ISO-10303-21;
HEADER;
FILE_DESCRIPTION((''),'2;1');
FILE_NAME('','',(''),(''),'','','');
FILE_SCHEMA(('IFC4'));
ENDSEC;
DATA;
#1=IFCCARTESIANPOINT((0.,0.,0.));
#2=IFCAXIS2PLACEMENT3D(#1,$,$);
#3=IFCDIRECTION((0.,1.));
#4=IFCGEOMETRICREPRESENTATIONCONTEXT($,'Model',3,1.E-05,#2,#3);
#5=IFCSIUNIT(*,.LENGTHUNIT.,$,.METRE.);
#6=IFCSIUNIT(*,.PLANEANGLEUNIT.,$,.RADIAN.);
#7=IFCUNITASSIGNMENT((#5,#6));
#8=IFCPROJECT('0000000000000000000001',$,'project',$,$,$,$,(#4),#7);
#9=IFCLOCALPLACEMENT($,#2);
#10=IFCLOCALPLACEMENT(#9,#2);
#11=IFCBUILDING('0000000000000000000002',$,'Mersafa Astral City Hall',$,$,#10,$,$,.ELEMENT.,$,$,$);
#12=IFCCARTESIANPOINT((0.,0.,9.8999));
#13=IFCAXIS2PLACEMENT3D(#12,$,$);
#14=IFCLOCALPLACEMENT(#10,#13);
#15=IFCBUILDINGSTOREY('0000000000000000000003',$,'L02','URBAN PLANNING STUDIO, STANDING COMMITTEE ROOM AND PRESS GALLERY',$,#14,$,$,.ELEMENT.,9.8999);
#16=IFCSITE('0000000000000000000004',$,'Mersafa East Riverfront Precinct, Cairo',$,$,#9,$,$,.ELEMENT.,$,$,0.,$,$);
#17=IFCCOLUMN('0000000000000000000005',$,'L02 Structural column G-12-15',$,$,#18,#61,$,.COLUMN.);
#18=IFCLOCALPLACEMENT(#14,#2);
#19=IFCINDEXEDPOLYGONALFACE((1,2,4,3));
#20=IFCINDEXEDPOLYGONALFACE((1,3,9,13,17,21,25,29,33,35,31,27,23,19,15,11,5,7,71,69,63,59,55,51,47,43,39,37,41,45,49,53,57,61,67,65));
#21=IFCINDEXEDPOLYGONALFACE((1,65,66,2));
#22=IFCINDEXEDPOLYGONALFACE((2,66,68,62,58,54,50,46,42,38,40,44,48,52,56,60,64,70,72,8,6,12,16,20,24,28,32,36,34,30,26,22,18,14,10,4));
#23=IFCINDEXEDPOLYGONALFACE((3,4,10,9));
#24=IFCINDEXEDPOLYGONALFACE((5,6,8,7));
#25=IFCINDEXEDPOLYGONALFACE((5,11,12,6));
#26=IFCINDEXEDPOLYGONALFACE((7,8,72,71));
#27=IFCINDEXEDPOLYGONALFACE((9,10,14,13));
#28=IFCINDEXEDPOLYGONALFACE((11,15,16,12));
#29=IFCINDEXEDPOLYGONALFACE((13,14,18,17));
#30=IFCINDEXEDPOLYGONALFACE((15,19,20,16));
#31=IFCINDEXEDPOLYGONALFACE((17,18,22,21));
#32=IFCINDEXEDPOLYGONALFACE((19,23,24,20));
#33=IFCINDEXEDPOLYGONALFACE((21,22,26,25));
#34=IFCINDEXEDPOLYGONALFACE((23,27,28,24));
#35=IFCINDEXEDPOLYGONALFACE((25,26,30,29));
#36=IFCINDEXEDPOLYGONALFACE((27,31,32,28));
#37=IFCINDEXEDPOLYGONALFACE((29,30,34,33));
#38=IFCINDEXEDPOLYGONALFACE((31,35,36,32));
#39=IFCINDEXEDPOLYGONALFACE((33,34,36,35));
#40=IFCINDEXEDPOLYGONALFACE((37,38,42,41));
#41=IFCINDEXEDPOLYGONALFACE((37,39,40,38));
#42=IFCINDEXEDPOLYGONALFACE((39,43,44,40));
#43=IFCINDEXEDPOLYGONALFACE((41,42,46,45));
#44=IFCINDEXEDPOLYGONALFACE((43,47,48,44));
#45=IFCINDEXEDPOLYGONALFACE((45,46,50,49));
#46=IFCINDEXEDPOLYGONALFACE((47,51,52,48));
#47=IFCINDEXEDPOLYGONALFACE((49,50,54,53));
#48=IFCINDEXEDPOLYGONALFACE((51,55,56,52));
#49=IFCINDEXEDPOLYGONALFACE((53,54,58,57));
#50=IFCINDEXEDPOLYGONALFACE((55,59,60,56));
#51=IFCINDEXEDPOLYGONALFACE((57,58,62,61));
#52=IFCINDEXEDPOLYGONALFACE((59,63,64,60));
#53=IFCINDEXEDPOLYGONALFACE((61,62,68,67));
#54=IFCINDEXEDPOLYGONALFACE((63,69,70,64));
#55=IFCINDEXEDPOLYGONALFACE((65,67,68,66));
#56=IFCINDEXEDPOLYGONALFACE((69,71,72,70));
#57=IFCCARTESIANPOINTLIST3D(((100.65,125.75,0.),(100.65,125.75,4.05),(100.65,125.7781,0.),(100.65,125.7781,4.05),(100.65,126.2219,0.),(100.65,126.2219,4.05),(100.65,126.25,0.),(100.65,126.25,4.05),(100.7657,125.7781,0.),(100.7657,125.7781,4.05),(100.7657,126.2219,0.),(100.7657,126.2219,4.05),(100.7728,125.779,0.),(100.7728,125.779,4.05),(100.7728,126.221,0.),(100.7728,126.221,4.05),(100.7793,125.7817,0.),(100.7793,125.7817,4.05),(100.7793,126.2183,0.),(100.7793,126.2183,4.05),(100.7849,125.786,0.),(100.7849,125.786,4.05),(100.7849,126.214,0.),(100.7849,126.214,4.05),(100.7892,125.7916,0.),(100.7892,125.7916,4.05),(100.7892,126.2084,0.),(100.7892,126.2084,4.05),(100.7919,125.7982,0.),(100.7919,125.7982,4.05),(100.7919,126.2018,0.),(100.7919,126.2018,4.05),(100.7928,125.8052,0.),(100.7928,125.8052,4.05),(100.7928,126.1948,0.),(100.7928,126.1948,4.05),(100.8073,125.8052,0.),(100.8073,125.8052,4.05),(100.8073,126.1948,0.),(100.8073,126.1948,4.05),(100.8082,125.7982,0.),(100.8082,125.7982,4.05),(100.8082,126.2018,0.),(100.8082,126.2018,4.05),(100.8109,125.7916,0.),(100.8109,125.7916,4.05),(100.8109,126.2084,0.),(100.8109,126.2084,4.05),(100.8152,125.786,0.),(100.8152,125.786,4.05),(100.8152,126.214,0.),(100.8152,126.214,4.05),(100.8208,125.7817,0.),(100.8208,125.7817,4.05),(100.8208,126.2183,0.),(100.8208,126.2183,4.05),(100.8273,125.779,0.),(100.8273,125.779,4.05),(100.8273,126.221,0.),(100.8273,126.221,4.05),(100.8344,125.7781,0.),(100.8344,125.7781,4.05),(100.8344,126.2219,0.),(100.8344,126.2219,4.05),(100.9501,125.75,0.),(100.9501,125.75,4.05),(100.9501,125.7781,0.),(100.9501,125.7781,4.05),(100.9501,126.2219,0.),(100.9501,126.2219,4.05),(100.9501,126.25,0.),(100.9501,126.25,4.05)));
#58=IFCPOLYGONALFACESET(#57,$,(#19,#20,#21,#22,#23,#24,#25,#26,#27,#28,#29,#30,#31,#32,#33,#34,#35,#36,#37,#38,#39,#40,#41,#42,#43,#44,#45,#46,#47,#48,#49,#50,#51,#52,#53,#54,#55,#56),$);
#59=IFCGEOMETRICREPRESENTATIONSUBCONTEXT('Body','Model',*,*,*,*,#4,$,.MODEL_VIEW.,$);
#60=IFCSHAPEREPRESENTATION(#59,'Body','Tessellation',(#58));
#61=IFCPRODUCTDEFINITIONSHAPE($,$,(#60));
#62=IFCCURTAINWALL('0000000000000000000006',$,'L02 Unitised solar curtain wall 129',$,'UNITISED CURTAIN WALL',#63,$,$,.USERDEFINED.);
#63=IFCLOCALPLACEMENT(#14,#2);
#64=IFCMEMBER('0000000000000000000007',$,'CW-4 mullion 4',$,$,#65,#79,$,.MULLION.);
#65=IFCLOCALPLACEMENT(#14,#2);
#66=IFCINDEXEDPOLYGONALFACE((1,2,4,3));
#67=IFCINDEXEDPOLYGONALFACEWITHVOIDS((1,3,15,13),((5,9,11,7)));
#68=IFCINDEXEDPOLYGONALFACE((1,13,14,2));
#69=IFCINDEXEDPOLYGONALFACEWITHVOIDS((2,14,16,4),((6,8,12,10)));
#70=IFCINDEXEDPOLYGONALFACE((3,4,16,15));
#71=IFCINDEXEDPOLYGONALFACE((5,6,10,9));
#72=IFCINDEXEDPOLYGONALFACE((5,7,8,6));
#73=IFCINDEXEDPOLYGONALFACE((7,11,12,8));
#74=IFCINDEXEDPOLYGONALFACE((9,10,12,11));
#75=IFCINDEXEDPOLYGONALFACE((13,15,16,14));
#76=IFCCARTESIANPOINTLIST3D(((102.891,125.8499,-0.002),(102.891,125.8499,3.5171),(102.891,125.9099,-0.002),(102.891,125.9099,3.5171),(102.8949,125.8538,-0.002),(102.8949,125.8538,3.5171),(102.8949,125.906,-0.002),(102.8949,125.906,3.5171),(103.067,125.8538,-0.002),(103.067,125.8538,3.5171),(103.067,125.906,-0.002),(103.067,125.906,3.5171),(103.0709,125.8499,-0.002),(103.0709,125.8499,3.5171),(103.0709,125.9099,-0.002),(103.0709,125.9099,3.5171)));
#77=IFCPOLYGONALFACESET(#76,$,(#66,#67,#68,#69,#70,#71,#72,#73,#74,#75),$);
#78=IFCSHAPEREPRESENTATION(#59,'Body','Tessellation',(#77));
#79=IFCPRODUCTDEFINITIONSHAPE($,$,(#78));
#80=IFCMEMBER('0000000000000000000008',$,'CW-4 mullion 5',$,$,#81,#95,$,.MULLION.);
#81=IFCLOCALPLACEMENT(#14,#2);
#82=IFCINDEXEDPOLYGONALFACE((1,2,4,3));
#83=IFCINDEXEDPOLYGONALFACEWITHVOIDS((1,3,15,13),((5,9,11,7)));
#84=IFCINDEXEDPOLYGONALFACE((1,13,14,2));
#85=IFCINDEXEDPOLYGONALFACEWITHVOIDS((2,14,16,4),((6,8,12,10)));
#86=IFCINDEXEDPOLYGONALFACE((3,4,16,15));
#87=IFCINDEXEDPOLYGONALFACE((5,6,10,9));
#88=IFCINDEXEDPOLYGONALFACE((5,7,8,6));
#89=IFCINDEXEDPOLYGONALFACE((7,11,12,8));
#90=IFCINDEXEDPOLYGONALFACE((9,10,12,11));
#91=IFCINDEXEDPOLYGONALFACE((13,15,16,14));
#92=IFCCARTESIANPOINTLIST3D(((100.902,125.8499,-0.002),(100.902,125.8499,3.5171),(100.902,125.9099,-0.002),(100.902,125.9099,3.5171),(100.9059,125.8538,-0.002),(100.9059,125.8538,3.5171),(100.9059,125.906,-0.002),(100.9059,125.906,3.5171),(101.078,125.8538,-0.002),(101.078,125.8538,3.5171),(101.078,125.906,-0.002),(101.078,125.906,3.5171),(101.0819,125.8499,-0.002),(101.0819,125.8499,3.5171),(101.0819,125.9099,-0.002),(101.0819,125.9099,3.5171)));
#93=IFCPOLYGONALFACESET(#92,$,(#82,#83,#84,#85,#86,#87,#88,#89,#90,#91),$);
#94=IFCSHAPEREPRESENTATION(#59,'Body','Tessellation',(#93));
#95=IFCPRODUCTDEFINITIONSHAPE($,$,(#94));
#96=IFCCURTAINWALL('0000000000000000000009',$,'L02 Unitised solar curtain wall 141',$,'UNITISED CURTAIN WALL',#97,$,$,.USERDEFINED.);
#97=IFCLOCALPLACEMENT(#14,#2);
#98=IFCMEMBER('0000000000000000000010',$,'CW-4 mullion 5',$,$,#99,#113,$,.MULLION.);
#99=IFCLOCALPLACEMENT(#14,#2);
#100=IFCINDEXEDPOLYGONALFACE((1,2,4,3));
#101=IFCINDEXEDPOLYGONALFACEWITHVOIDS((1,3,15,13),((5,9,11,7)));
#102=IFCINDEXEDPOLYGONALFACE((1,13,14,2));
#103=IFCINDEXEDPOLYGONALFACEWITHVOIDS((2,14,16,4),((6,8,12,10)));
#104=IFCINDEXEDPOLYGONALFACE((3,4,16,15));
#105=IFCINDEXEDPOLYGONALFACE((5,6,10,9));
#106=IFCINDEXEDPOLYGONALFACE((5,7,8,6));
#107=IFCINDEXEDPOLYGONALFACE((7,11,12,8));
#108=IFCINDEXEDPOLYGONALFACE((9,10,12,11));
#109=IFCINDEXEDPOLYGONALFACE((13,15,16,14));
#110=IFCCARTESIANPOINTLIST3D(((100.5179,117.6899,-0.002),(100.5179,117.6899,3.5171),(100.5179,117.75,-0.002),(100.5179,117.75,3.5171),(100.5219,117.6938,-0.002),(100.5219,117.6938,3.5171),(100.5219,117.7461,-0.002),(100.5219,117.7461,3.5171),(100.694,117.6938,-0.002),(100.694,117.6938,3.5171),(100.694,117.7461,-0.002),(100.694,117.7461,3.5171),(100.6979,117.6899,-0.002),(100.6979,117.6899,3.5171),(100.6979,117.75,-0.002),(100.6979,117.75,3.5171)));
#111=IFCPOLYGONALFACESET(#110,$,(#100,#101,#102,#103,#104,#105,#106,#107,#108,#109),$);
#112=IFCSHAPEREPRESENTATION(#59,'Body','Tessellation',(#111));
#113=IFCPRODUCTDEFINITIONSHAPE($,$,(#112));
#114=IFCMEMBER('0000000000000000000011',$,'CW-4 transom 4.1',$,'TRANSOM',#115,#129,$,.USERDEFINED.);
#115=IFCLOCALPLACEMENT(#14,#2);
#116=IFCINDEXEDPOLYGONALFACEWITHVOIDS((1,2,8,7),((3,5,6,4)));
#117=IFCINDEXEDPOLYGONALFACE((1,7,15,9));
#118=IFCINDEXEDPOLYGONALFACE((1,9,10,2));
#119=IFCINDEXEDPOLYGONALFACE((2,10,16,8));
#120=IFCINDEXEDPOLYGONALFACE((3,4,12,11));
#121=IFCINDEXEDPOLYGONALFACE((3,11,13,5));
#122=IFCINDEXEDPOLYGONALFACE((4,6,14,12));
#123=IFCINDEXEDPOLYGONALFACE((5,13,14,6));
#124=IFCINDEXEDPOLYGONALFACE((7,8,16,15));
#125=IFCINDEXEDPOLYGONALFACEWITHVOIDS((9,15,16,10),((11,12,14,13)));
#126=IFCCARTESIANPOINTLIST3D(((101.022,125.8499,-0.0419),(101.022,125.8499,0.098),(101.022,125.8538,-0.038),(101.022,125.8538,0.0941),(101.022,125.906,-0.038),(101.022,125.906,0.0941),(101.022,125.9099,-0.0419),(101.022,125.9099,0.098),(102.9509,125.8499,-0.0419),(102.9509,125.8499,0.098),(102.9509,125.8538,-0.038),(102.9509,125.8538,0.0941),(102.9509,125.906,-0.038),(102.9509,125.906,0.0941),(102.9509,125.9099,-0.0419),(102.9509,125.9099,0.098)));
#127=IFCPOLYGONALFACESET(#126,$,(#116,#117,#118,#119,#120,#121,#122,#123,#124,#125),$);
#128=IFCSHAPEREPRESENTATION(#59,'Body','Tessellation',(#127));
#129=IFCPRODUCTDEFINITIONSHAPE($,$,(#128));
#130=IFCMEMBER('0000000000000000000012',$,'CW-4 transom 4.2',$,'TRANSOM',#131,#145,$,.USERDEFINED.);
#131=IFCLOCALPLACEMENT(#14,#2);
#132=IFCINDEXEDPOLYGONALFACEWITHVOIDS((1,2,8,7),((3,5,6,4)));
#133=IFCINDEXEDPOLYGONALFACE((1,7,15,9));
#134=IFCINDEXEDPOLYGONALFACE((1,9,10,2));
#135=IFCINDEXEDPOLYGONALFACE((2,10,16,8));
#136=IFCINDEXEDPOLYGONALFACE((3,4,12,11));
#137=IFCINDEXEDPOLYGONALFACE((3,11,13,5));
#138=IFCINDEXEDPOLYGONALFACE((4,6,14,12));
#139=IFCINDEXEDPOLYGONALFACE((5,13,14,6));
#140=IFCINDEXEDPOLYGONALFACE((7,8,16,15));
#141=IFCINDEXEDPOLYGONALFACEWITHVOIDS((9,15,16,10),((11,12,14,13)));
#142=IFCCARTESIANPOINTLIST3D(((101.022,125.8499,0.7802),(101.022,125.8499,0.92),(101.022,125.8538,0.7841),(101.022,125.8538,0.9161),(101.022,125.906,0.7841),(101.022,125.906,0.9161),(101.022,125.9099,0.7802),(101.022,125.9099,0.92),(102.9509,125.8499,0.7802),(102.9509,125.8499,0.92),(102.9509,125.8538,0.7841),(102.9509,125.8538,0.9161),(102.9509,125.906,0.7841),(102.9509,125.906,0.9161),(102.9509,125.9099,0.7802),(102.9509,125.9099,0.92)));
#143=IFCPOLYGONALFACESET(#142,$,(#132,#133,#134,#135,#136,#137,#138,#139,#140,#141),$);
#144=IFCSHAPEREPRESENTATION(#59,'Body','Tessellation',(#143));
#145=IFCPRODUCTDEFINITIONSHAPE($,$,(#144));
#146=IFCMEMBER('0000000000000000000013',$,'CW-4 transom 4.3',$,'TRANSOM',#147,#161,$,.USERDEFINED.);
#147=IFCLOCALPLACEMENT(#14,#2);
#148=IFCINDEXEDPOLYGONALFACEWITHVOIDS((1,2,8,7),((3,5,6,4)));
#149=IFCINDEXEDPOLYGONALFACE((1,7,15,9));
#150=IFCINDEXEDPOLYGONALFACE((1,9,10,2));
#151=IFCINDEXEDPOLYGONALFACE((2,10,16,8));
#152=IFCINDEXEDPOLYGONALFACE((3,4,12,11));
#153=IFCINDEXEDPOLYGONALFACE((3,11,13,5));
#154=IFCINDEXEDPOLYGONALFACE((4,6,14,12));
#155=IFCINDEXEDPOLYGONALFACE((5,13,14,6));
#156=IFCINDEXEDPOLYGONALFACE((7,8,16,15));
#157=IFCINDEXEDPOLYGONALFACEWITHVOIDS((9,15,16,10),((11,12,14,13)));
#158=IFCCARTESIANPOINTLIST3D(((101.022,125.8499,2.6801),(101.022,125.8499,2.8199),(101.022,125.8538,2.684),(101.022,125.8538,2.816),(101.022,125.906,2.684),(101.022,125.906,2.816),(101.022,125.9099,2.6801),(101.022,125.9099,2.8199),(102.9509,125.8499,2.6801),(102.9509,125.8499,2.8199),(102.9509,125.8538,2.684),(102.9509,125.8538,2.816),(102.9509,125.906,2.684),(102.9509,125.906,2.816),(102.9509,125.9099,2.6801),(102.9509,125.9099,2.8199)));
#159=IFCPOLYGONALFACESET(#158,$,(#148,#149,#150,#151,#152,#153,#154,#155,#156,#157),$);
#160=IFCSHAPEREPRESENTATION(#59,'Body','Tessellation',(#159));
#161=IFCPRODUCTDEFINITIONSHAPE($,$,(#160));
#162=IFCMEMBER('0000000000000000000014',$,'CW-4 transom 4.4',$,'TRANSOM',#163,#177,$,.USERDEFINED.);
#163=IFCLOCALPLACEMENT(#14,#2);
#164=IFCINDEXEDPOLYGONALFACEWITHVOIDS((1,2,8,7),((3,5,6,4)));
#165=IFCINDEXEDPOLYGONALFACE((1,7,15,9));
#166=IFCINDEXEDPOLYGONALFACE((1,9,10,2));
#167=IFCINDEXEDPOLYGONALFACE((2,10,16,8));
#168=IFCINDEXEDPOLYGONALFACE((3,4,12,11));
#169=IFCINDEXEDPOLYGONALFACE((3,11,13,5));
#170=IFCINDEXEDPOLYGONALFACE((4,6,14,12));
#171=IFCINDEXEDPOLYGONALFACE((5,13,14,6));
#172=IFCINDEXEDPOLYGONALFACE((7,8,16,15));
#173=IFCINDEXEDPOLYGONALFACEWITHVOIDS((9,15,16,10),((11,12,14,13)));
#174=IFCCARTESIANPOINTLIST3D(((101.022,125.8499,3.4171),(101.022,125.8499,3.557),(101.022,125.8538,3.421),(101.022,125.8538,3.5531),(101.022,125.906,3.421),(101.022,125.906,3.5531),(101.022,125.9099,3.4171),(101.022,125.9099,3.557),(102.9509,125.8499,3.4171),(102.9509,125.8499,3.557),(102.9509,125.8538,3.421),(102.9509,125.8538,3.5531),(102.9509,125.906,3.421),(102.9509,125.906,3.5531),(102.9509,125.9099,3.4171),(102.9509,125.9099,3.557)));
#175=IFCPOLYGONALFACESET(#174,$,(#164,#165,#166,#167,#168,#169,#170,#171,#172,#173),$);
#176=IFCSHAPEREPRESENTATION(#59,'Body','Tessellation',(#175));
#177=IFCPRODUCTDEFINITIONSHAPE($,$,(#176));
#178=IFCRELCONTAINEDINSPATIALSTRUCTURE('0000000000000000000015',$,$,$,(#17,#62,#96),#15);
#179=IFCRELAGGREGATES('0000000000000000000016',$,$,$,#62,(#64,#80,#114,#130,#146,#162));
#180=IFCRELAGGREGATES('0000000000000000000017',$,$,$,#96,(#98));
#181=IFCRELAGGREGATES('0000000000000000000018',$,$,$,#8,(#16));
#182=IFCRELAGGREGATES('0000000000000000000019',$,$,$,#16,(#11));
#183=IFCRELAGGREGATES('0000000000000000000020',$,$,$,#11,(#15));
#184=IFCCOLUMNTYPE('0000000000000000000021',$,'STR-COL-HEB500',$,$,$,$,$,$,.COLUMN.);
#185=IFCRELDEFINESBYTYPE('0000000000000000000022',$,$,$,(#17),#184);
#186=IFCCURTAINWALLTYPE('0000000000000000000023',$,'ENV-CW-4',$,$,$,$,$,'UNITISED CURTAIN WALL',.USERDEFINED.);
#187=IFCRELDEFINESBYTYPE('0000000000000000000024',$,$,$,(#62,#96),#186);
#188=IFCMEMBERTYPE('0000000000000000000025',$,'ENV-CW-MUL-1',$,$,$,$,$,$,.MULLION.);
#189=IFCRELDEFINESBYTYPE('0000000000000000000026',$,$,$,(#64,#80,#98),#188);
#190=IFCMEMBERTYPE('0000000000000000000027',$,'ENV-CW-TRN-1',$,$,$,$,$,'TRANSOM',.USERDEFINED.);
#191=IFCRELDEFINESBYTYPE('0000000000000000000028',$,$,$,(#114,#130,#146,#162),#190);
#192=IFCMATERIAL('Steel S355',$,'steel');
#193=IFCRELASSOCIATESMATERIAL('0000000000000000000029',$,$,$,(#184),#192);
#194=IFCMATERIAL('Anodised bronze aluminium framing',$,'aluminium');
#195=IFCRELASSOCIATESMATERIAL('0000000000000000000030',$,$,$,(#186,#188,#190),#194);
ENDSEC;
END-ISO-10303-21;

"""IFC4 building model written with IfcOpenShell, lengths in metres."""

from ifc_helpers import new_model, si_unit, direction, frame, origin, origin_2d, place, context, subcontext, project, spatial, hollow_rectangle, i_section, extrude, material, material_profile, profile_set, type_object, element, aggregate, save


model = new_model("IFC4")

# Units and contexts
model_context = context("Model", 3, precision=1e-05, world=origin(), true_north=direction((0.0, 1.0)))
body_context = subcontext(model_context, "Body", "Model", "MODEL_VIEW")
ifc_project = project(units=[si_unit("LENGTHUNIT", "METRE"), si_unit("PLANEANGLEUNIT", "RADIAN")], contexts=[model_context])

# Site, building, storey
site_placement = place(None, origin())
site = spatial("IfcSite", under=ifc_project, at=site_placement, Name="Mersafa East Riverfront Precinct, Cairo", CompositionType="ELEMENT", RefElevation=0.0)
building_placement = place(site_placement, origin())
building = spatial("IfcBuilding", under=site, at=building_placement, Name="Mersafa Astral City Hall", CompositionType="ELEMENT")
storey_placement = place(building_placement, frame((0.0, 0.0, 9.8999)))
storey = spatial("IfcBuildingStorey", under=building, at=storey_placement, Name="L02", Description="URBAN PLANNING STUDIO, STANDING COMMITTEE ROOM AND PRESS GALLERY", CompositionType="ELEMENT", Elevation=9.8999)

# Column
ifc_material_1 = material(Name="Steel S355", Category="steel")
ifc_material_profile_1 = material_profile(ifc_material_1, i_section(OverallWidth=0.3, OverallDepth=0.5, WebThickness=0.0144, FlangeThickness=0.0281, FilletRadius=0.0271, at=origin_2d()), Name="HEB 500")
ifc_profile_set_1 = profile_set([ifc_material_profile_1], Name="Steel S355")
column_type = type_object("IfcColumnType", Name="STR-COL-HEB500", PredefinedType="COLUMN", material=ifc_profile_set_1)
column_placement = place(storey_placement, frame((100.8, 126.0, 0.0), z_axis=(0.0, 0.0, 1.0), x_axis=(1.0, 0.0, 0.0)))
element("IfcColumn", 1, at=column_placement, inside=storey, type_object=column_type, Name="L02 Structural column G-12-15", PredefinedType="COLUMN", context=body_context, shape_type="SweptSolid", body=[
    extrude(i_section(OverallWidth=0.3, OverallDepth=0.5, WebThickness=0.0144, FlangeThickness=0.0281, FilletRadius=0.0271, at=origin_2d()), origin(), (0.0, 0.0, 1.0), 4.05),
])

# Curtain wall, members
ifc_material_2 = material(Name="Anodised bronze aluminium framing", Category="aluminium")
curtain_wall_type = type_object("IfcCurtainWallType", Name="ENV-CW-4", ElementType="UNITISED CURTAIN WALL", PredefinedType="USERDEFINED", material=ifc_material_2)
curtain_wall_1_placement = place(storey_placement, origin())
curtain_wall_1 = element("IfcCurtainWall", 2, at=curtain_wall_1_placement, inside=storey, type_object=curtain_wall_type, Name="L02 Unitised solar curtain wall 129", ObjectType="UNITISED CURTAIN WALL", PredefinedType="USERDEFINED")
ifc_material_profile_2 = material_profile(ifc_material_2, hollow_rectangle(XDim=0.0601, YDim=0.1799, WallThickness=0.0039, at=origin_2d()), Name="RHS 60x180x4")
ifc_profile_set_2 = profile_set([ifc_material_profile_2], Name="Anodised bronze aluminium framing")
member_type_1 = type_object("IfcMemberType", Name="ENV-CW-MUL-1", PredefinedType="MULLION", material=ifc_profile_set_2)
member_1_placement = place(storey_placement, frame((102.981, 125.8799, -0.002), z_axis=(0.0, 0.0, 1.0), x_axis=(0.0, -1.0, 0.0)))
member_1 = element("IfcMember", 3, at=member_1_placement, type_object=member_type_1, Name="CW-4 mullion 4", PredefinedType="MULLION", context=body_context, shape_type="SweptSolid", body=[
    extrude(hollow_rectangle(XDim=0.0601, YDim=0.1799, WallThickness=0.0039, at=origin_2d()), origin(), (0.0, 0.0, 1.0), 3.519),
])
member_2_placement = place(storey_placement, frame((100.9919, 125.8799, -0.002), z_axis=(0.0, 0.0, 1.0), x_axis=(0.0, -1.0, 0.0)))
member_2 = element("IfcMember", 4, at=member_2_placement, type_object=member_type_1, Name="CW-4 mullion 5", PredefinedType="MULLION", context=body_context, shape_type="SweptSolid", body=[
    extrude(hollow_rectangle(XDim=0.0601, YDim=0.1799, WallThickness=0.0039, at=origin_2d()), origin(), (0.0, 0.0, 1.0), 3.519),
])

# Curtain wall, member
curtain_wall_2_placement = place(storey_placement, origin())
curtain_wall_2 = element("IfcCurtainWall", 5, at=curtain_wall_2_placement, inside=storey, type_object=curtain_wall_type, Name="L02 Unitised solar curtain wall 141", ObjectType="UNITISED CURTAIN WALL", PredefinedType="USERDEFINED")
member_3_placement = place(storey_placement, frame((100.6079, 117.72, -0.002), z_axis=(0.0, 0.0, 1.0), x_axis=(0.0, 1.0, 0.0)))
member_3 = element("IfcMember", 6, at=member_3_placement, type_object=member_type_1, Name="CW-4 mullion 5", PredefinedType="MULLION", context=body_context, shape_type="SweptSolid", body=[
    extrude(hollow_rectangle(XDim=0.0601, YDim=0.1799, WallThickness=0.0039, at=origin_2d()), origin(), (0.0, 0.0, 1.0), 3.519),
])

# Members
ifc_material_profile_3 = material_profile(ifc_material_2, hollow_rectangle(XDim=0.0601, YDim=0.1399, WallThickness=0.0039, at=origin_2d()), Name="RHS 60x140x4")
ifc_profile_set_3 = profile_set([ifc_material_profile_3], Name="Anodised bronze aluminium framing")
member_type_2 = type_object("IfcMemberType", Name="ENV-CW-TRN-1", ElementType="TRANSOM", PredefinedType="USERDEFINED", material=ifc_profile_set_3)
member_4_placement = place(storey_placement, frame((102.9509, 125.8799, 0.0281), z_axis=(-1.0, 0.0, 0.0), x_axis=(0.0, -1.0, 0.0)))
member_4 = element("IfcMember", 7, at=member_4_placement, type_object=member_type_2, Name="CW-4 transom 4.1", ObjectType="TRANSOM", PredefinedType="USERDEFINED", context=body_context, shape_type="SweptSolid", body=[
    extrude(hollow_rectangle(XDim=0.0601, YDim=0.1399, WallThickness=0.0039, at=origin_2d()), origin(), (0.0, 0.0, 1.0), 1.929),
])
member_5_placement = place(storey_placement, frame((102.9509, 125.8799, 0.8501), z_axis=(-1.0, 0.0, 0.0), x_axis=(0.0, -1.0, 0.0)))
member_5 = element("IfcMember", 8, at=member_5_placement, type_object=member_type_2, Name="CW-4 transom 4.2", ObjectType="TRANSOM", PredefinedType="USERDEFINED", context=body_context, shape_type="SweptSolid", body=[
    extrude(hollow_rectangle(XDim=0.0601, YDim=0.1399, WallThickness=0.0039, at=origin_2d()), origin(), (0.0, 0.0, 1.0), 1.929),
])
member_6_placement = place(storey_placement, frame((102.9509, 125.8799, 2.75), z_axis=(-1.0, 0.0, 0.0), x_axis=(0.0, -1.0, 0.0)))
member_6 = element("IfcMember", 9, at=member_6_placement, type_object=member_type_2, Name="CW-4 transom 4.3", ObjectType="TRANSOM", PredefinedType="USERDEFINED", context=body_context, shape_type="SweptSolid", body=[
    extrude(hollow_rectangle(XDim=0.0601, YDim=0.1399, WallThickness=0.0039, at=origin_2d()), origin(), (0.0, 0.0, 1.0), 1.929),
])
member_7_placement = place(storey_placement, frame((102.9509, 125.8799, 3.4871), z_axis=(-1.0, 0.0, 0.0), x_axis=(0.0, -1.0, 0.0)))
member_7 = element("IfcMember", 10, at=member_7_placement, type_object=member_type_2, Name="CW-4 transom 4.4", ObjectType="TRANSOM", PredefinedType="USERDEFINED", context=body_context, shape_type="SweptSolid", body=[
    extrude(hollow_rectangle(XDim=0.0601, YDim=0.1399, WallThickness=0.0039, at=origin_2d()), origin(), (0.0, 0.0, 1.0), 1.929),
])

aggregate(curtain_wall_1, [member_1, member_2, member_4, member_5, member_6, member_7])
aggregate(curtain_wall_2, [member_3])

save(model, "model.ifc")
